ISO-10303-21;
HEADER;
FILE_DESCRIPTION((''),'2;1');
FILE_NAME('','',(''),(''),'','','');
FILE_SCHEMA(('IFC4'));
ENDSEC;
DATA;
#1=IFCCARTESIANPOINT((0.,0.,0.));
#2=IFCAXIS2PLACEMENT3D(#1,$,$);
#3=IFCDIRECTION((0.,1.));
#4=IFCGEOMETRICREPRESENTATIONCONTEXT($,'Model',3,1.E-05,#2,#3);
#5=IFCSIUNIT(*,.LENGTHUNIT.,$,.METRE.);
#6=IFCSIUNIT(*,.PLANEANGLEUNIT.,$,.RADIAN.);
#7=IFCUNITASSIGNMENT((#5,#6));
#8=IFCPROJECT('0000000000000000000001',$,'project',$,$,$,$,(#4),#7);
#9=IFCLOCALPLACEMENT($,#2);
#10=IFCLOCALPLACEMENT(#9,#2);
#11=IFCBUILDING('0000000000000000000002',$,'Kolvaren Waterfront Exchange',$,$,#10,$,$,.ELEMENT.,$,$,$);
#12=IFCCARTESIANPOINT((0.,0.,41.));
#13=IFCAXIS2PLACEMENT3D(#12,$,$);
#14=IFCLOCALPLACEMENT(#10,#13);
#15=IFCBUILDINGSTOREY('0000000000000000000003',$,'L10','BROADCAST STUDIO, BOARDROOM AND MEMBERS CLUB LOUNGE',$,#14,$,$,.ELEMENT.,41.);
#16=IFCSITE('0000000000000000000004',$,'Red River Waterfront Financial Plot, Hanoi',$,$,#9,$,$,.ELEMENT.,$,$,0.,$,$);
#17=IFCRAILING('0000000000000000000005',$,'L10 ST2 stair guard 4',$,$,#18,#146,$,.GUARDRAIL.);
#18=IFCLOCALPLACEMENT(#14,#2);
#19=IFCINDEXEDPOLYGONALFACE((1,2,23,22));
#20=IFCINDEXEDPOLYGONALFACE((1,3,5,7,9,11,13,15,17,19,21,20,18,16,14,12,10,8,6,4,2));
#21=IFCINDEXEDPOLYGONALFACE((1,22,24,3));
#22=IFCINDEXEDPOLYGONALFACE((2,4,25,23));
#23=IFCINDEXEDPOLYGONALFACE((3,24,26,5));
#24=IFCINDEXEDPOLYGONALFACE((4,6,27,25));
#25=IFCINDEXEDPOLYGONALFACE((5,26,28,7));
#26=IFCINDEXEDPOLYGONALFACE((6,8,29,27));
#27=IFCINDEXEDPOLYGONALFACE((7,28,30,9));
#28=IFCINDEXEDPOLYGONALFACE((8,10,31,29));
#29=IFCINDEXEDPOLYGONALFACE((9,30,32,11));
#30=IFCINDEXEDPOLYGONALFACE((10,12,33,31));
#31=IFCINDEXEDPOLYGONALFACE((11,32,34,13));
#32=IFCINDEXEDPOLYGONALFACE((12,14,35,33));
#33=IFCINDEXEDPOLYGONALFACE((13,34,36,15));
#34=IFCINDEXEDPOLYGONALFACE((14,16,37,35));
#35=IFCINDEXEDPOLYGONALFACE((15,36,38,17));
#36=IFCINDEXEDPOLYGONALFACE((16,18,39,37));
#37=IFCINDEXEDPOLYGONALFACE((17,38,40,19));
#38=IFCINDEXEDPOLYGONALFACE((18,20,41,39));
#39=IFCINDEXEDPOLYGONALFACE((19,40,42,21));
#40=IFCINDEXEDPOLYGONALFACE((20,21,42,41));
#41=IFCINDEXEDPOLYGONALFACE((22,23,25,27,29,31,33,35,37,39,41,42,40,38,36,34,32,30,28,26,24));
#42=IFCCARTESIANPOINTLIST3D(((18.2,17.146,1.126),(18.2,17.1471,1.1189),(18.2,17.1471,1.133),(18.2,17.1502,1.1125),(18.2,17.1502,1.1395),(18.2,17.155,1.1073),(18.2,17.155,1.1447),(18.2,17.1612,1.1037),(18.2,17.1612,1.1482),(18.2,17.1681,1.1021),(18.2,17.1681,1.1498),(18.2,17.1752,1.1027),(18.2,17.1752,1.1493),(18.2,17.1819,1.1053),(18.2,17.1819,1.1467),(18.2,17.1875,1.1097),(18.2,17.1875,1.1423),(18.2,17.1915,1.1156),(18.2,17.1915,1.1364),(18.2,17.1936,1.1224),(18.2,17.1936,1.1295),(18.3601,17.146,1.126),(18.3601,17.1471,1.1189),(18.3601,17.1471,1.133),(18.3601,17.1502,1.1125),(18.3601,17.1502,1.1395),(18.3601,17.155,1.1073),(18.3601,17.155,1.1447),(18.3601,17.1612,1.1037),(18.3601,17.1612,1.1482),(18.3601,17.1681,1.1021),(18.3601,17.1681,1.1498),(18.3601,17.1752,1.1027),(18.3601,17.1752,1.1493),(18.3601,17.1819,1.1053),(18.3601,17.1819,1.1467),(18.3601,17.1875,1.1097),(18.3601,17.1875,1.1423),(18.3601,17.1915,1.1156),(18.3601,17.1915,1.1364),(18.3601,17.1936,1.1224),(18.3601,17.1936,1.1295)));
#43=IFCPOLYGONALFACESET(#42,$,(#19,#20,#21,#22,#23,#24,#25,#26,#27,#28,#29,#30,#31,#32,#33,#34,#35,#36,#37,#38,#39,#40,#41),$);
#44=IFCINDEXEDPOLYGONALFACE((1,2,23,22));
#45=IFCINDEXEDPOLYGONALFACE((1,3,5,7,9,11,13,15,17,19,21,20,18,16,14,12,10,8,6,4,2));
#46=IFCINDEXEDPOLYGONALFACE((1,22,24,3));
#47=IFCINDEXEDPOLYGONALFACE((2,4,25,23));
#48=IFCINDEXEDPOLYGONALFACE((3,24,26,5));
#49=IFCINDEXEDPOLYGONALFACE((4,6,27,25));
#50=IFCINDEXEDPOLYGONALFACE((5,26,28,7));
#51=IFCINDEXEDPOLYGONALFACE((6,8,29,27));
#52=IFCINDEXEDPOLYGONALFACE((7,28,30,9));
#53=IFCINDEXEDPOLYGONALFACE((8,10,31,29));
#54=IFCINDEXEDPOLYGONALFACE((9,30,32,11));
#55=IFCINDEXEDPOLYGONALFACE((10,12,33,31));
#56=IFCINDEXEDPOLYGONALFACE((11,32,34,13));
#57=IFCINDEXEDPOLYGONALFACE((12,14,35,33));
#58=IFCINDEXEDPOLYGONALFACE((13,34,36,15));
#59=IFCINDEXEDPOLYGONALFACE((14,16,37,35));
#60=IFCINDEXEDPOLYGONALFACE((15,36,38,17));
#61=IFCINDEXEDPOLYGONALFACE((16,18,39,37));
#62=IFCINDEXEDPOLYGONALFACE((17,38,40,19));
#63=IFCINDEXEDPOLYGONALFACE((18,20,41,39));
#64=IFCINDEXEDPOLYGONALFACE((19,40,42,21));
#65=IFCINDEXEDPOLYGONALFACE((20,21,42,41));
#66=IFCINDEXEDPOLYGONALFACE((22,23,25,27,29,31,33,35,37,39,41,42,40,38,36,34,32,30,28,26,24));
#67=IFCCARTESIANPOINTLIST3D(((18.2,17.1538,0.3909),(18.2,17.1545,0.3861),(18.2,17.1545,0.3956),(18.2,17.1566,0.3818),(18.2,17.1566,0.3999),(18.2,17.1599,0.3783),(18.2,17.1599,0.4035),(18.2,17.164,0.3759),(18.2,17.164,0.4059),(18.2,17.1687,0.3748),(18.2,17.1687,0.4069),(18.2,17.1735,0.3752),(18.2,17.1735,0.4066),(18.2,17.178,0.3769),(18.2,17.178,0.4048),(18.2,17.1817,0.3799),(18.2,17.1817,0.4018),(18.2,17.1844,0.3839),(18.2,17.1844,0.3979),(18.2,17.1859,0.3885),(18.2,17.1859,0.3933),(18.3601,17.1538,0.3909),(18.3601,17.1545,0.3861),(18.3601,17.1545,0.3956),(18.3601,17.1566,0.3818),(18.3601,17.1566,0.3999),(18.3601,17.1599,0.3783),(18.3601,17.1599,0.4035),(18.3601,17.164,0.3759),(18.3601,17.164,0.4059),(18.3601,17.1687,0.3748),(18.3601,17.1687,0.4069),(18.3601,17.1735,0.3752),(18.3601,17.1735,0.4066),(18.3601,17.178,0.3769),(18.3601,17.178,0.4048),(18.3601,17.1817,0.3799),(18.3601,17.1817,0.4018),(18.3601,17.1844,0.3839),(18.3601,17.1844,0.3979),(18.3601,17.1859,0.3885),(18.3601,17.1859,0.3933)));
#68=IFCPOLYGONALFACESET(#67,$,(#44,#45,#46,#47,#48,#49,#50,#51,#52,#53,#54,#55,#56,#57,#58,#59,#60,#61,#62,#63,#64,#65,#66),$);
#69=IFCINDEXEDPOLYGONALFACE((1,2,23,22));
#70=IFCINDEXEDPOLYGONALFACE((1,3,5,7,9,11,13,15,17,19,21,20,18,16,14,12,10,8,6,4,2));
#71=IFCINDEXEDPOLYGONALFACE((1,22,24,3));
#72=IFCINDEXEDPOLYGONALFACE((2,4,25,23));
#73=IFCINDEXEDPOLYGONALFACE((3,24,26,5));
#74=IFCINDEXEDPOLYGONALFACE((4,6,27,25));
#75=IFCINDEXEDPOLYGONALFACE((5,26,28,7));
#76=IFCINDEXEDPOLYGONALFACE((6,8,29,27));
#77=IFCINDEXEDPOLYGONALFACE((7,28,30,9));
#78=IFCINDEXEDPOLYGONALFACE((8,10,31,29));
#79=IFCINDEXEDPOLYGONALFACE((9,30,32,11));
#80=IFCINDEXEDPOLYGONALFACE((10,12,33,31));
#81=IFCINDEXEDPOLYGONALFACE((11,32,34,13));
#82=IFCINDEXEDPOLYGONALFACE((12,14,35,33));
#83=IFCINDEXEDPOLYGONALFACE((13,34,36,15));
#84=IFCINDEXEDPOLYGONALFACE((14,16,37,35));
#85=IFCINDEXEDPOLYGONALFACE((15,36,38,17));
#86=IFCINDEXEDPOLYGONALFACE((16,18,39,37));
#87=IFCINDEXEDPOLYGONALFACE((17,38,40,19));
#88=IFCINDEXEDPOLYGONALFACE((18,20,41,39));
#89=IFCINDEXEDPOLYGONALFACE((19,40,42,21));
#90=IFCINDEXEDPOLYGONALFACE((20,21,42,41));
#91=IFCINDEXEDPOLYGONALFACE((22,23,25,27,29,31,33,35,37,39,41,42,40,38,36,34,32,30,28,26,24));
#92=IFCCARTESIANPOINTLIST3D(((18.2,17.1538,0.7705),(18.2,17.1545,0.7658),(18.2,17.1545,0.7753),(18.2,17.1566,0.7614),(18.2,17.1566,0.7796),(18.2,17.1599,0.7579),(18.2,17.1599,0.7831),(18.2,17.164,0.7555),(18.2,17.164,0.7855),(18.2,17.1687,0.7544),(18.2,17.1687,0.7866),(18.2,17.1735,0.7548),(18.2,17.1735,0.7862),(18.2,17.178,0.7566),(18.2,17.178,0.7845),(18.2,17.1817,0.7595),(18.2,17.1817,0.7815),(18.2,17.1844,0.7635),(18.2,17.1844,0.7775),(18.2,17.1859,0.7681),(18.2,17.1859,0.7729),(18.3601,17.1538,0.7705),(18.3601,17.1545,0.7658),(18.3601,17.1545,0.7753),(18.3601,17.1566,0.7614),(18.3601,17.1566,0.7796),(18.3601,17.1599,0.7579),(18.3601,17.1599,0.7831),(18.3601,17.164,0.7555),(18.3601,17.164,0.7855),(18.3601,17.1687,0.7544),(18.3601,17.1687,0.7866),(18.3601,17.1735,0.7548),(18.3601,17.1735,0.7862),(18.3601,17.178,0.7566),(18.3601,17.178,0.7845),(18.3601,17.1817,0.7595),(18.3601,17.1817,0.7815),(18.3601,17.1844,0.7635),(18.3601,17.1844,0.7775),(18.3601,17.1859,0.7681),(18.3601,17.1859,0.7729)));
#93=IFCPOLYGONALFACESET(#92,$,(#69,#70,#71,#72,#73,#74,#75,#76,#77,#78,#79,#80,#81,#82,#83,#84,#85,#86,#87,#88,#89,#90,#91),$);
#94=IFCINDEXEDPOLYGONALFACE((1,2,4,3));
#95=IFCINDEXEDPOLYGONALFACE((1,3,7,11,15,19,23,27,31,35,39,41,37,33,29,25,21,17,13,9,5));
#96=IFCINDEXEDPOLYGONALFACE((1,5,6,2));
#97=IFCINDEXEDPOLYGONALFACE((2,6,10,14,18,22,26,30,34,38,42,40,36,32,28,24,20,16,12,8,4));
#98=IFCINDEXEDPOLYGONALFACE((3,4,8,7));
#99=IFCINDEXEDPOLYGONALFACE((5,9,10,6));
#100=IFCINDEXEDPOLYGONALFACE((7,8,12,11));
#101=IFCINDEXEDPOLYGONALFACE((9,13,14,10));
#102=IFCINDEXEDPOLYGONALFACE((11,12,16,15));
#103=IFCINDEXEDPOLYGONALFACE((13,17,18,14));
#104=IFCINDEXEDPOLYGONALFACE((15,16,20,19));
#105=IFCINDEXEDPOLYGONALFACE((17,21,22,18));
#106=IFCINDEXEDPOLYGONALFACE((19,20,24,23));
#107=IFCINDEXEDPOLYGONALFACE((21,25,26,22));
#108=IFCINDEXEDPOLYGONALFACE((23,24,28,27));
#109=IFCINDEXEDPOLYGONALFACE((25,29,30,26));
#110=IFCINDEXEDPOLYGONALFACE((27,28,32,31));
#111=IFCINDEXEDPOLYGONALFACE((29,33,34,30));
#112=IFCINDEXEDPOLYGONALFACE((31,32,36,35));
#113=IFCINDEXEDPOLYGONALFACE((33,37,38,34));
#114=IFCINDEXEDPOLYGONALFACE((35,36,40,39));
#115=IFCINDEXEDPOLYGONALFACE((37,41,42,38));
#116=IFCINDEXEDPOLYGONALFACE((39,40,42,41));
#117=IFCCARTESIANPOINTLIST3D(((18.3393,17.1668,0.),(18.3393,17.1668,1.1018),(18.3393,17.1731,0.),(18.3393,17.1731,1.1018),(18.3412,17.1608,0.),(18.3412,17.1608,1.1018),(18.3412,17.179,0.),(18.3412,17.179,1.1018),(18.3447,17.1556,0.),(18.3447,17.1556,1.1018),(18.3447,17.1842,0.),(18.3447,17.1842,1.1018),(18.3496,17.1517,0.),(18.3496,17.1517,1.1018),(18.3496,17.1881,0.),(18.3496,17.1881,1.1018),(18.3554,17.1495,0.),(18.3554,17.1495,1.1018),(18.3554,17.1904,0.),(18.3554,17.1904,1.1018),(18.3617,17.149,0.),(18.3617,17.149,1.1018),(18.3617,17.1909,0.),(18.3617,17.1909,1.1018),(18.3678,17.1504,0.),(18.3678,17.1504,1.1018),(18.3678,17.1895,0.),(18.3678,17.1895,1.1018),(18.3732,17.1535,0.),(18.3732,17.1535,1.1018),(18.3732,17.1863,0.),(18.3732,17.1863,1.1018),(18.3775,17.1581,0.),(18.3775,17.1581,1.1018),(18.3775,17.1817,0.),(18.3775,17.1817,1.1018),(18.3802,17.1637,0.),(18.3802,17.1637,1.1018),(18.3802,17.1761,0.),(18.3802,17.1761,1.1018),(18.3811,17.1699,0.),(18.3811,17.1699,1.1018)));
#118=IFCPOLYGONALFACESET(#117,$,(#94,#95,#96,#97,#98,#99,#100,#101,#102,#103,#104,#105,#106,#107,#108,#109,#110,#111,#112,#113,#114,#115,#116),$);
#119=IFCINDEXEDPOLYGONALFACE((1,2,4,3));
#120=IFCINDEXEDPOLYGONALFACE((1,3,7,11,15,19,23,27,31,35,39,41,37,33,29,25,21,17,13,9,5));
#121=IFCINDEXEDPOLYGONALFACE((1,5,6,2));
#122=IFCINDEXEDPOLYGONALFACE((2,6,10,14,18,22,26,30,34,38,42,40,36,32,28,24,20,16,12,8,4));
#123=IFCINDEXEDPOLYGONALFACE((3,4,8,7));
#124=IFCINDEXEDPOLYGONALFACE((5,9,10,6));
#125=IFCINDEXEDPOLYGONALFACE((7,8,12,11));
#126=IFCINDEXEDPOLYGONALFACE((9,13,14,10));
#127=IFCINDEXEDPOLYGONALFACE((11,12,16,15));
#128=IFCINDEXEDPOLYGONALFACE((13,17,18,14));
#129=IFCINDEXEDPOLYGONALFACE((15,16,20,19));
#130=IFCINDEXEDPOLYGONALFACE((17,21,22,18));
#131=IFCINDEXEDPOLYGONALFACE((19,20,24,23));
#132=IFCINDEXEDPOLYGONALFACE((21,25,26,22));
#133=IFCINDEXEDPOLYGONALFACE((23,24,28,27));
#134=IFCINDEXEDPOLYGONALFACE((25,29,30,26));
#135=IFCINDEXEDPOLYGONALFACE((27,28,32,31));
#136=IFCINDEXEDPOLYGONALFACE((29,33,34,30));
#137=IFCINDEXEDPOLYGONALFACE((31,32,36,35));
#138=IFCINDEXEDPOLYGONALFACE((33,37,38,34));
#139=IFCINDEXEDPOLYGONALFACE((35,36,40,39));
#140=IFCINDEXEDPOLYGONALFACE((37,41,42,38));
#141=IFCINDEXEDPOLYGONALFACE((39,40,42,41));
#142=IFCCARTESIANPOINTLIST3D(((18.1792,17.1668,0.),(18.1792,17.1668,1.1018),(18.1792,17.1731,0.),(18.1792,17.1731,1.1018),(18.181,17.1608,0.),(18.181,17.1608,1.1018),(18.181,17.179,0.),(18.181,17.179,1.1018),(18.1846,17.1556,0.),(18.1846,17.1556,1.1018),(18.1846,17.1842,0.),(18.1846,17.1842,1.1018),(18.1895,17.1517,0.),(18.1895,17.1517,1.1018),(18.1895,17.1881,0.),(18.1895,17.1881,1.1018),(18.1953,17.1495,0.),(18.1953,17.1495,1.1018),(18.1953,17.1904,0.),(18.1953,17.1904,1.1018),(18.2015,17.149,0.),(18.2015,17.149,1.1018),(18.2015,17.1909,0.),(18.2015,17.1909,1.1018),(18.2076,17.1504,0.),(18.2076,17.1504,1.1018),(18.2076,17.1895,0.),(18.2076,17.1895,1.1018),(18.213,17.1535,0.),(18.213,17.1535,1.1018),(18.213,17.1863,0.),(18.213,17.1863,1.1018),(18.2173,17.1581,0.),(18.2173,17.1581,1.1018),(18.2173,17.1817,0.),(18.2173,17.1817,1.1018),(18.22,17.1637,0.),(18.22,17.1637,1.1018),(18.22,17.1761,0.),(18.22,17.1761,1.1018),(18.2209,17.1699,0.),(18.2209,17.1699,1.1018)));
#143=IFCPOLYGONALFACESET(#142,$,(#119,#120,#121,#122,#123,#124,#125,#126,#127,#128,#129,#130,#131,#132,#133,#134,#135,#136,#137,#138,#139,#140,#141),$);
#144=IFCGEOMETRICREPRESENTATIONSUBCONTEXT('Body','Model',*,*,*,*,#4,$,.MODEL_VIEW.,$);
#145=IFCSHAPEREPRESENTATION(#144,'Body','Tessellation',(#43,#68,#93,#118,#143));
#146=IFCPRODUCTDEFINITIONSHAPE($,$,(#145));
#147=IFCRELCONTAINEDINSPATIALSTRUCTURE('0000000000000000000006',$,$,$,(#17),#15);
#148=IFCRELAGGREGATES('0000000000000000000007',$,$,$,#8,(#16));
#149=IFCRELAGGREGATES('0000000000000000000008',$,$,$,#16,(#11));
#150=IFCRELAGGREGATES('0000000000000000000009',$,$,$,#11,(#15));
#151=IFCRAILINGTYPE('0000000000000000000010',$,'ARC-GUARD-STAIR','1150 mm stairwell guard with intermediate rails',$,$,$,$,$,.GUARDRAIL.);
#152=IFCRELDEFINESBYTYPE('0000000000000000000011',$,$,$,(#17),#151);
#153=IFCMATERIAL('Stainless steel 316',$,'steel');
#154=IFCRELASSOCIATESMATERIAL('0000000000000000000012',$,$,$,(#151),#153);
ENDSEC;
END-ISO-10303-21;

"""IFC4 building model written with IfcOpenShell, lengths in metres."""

from ifc_helpers import new_model, si_unit, direction, frame, origin, origin_2d, place, context, subcontext, project, spatial, circle, extrude, material, type_object, element, save


model = new_model("IFC4")

# Units and contexts
model_context = context("Model", 3, precision=1e-05, world=origin(), true_north=direction((0.0, 1.0)))
body_context = subcontext(model_context, "Body", "Model", "MODEL_VIEW")
ifc_project = project(units=[si_unit("LENGTHUNIT", "METRE"), si_unit("PLANEANGLEUNIT", "RADIAN")], contexts=[model_context])

# Site, building, storey
site_placement = place(None, origin())
site = spatial("IfcSite", under=ifc_project, at=site_placement, Name="Red River Waterfront Financial Plot, Hanoi", CompositionType="ELEMENT", RefElevation=0.0)
building_placement = place(site_placement, origin())
building = spatial("IfcBuilding", under=site, at=building_placement, Name="Kolvaren Waterfront Exchange", CompositionType="ELEMENT")
storey_placement = place(building_placement, frame((0.0, 0.0, 41.0)))
storey = spatial("IfcBuildingStorey", under=building, at=storey_placement, Name="L10", Description="BROADCAST STUDIO, BOARDROOM AND MEMBERS CLUB LOUNGE", CompositionType="ELEMENT", Elevation=41.0)

# Railing
ifc_material_1 = material(Name="Stainless steel 316", Category="steel")
railing_type_1 = type_object("IfcRailingType", Name="ARC-GUARD-STAIR", Description="1150 mm stairwell guard with intermediate rails", PredefinedType="GUARDRAIL", material=ifc_material_1)
railing_1_placement = place(storey_placement, frame((18.3601, 17.1699, 0.0)))
element("IfcRailing", 1, at=railing_1_placement, inside=storey, type_object=railing_type_1, Name="L10 ST2 stair guard 4", PredefinedType="GUARDRAIL", context=body_context, shape_type="SweptSolid", body=[
    extrude(circle(Radius=0.0239, at=origin_2d()), frame((0.0, 0.0, 1.126), z_axis=(-1.0, 0.0, 0.0), x_axis=(0.0, -1.0, 0.0)), (0.0, 0.0, 1.0), 0.1602),
    extrude(circle(Radius=0.0161, at=origin_2d()), frame((0.0, 0.0, 0.3909), z_axis=(-1.0, 0.0, 0.0), x_axis=(0.0, -1.0, 0.0)), (0.0, 0.0, 1.0), 0.1602),
    extrude(circle(Radius=0.0161, at=origin_2d()), frame((0.0, 0.0, 0.7705), z_axis=(-1.0, 0.0, 0.0), x_axis=(0.0, -1.0, 0.0)), (0.0, 0.0, 1.0), 0.1602),
    extrude(circle(Radius=0.021, at=origin_2d()), origin(), (0.0, 0.0, 1.0), 1.1018),
    extrude(circle(Radius=0.021, at=origin_2d()), frame((-0.1602, 0.0, 0.0)), (0.0, 0.0, 1.0), 1.1018),
])

save(model, "model.ifc")
